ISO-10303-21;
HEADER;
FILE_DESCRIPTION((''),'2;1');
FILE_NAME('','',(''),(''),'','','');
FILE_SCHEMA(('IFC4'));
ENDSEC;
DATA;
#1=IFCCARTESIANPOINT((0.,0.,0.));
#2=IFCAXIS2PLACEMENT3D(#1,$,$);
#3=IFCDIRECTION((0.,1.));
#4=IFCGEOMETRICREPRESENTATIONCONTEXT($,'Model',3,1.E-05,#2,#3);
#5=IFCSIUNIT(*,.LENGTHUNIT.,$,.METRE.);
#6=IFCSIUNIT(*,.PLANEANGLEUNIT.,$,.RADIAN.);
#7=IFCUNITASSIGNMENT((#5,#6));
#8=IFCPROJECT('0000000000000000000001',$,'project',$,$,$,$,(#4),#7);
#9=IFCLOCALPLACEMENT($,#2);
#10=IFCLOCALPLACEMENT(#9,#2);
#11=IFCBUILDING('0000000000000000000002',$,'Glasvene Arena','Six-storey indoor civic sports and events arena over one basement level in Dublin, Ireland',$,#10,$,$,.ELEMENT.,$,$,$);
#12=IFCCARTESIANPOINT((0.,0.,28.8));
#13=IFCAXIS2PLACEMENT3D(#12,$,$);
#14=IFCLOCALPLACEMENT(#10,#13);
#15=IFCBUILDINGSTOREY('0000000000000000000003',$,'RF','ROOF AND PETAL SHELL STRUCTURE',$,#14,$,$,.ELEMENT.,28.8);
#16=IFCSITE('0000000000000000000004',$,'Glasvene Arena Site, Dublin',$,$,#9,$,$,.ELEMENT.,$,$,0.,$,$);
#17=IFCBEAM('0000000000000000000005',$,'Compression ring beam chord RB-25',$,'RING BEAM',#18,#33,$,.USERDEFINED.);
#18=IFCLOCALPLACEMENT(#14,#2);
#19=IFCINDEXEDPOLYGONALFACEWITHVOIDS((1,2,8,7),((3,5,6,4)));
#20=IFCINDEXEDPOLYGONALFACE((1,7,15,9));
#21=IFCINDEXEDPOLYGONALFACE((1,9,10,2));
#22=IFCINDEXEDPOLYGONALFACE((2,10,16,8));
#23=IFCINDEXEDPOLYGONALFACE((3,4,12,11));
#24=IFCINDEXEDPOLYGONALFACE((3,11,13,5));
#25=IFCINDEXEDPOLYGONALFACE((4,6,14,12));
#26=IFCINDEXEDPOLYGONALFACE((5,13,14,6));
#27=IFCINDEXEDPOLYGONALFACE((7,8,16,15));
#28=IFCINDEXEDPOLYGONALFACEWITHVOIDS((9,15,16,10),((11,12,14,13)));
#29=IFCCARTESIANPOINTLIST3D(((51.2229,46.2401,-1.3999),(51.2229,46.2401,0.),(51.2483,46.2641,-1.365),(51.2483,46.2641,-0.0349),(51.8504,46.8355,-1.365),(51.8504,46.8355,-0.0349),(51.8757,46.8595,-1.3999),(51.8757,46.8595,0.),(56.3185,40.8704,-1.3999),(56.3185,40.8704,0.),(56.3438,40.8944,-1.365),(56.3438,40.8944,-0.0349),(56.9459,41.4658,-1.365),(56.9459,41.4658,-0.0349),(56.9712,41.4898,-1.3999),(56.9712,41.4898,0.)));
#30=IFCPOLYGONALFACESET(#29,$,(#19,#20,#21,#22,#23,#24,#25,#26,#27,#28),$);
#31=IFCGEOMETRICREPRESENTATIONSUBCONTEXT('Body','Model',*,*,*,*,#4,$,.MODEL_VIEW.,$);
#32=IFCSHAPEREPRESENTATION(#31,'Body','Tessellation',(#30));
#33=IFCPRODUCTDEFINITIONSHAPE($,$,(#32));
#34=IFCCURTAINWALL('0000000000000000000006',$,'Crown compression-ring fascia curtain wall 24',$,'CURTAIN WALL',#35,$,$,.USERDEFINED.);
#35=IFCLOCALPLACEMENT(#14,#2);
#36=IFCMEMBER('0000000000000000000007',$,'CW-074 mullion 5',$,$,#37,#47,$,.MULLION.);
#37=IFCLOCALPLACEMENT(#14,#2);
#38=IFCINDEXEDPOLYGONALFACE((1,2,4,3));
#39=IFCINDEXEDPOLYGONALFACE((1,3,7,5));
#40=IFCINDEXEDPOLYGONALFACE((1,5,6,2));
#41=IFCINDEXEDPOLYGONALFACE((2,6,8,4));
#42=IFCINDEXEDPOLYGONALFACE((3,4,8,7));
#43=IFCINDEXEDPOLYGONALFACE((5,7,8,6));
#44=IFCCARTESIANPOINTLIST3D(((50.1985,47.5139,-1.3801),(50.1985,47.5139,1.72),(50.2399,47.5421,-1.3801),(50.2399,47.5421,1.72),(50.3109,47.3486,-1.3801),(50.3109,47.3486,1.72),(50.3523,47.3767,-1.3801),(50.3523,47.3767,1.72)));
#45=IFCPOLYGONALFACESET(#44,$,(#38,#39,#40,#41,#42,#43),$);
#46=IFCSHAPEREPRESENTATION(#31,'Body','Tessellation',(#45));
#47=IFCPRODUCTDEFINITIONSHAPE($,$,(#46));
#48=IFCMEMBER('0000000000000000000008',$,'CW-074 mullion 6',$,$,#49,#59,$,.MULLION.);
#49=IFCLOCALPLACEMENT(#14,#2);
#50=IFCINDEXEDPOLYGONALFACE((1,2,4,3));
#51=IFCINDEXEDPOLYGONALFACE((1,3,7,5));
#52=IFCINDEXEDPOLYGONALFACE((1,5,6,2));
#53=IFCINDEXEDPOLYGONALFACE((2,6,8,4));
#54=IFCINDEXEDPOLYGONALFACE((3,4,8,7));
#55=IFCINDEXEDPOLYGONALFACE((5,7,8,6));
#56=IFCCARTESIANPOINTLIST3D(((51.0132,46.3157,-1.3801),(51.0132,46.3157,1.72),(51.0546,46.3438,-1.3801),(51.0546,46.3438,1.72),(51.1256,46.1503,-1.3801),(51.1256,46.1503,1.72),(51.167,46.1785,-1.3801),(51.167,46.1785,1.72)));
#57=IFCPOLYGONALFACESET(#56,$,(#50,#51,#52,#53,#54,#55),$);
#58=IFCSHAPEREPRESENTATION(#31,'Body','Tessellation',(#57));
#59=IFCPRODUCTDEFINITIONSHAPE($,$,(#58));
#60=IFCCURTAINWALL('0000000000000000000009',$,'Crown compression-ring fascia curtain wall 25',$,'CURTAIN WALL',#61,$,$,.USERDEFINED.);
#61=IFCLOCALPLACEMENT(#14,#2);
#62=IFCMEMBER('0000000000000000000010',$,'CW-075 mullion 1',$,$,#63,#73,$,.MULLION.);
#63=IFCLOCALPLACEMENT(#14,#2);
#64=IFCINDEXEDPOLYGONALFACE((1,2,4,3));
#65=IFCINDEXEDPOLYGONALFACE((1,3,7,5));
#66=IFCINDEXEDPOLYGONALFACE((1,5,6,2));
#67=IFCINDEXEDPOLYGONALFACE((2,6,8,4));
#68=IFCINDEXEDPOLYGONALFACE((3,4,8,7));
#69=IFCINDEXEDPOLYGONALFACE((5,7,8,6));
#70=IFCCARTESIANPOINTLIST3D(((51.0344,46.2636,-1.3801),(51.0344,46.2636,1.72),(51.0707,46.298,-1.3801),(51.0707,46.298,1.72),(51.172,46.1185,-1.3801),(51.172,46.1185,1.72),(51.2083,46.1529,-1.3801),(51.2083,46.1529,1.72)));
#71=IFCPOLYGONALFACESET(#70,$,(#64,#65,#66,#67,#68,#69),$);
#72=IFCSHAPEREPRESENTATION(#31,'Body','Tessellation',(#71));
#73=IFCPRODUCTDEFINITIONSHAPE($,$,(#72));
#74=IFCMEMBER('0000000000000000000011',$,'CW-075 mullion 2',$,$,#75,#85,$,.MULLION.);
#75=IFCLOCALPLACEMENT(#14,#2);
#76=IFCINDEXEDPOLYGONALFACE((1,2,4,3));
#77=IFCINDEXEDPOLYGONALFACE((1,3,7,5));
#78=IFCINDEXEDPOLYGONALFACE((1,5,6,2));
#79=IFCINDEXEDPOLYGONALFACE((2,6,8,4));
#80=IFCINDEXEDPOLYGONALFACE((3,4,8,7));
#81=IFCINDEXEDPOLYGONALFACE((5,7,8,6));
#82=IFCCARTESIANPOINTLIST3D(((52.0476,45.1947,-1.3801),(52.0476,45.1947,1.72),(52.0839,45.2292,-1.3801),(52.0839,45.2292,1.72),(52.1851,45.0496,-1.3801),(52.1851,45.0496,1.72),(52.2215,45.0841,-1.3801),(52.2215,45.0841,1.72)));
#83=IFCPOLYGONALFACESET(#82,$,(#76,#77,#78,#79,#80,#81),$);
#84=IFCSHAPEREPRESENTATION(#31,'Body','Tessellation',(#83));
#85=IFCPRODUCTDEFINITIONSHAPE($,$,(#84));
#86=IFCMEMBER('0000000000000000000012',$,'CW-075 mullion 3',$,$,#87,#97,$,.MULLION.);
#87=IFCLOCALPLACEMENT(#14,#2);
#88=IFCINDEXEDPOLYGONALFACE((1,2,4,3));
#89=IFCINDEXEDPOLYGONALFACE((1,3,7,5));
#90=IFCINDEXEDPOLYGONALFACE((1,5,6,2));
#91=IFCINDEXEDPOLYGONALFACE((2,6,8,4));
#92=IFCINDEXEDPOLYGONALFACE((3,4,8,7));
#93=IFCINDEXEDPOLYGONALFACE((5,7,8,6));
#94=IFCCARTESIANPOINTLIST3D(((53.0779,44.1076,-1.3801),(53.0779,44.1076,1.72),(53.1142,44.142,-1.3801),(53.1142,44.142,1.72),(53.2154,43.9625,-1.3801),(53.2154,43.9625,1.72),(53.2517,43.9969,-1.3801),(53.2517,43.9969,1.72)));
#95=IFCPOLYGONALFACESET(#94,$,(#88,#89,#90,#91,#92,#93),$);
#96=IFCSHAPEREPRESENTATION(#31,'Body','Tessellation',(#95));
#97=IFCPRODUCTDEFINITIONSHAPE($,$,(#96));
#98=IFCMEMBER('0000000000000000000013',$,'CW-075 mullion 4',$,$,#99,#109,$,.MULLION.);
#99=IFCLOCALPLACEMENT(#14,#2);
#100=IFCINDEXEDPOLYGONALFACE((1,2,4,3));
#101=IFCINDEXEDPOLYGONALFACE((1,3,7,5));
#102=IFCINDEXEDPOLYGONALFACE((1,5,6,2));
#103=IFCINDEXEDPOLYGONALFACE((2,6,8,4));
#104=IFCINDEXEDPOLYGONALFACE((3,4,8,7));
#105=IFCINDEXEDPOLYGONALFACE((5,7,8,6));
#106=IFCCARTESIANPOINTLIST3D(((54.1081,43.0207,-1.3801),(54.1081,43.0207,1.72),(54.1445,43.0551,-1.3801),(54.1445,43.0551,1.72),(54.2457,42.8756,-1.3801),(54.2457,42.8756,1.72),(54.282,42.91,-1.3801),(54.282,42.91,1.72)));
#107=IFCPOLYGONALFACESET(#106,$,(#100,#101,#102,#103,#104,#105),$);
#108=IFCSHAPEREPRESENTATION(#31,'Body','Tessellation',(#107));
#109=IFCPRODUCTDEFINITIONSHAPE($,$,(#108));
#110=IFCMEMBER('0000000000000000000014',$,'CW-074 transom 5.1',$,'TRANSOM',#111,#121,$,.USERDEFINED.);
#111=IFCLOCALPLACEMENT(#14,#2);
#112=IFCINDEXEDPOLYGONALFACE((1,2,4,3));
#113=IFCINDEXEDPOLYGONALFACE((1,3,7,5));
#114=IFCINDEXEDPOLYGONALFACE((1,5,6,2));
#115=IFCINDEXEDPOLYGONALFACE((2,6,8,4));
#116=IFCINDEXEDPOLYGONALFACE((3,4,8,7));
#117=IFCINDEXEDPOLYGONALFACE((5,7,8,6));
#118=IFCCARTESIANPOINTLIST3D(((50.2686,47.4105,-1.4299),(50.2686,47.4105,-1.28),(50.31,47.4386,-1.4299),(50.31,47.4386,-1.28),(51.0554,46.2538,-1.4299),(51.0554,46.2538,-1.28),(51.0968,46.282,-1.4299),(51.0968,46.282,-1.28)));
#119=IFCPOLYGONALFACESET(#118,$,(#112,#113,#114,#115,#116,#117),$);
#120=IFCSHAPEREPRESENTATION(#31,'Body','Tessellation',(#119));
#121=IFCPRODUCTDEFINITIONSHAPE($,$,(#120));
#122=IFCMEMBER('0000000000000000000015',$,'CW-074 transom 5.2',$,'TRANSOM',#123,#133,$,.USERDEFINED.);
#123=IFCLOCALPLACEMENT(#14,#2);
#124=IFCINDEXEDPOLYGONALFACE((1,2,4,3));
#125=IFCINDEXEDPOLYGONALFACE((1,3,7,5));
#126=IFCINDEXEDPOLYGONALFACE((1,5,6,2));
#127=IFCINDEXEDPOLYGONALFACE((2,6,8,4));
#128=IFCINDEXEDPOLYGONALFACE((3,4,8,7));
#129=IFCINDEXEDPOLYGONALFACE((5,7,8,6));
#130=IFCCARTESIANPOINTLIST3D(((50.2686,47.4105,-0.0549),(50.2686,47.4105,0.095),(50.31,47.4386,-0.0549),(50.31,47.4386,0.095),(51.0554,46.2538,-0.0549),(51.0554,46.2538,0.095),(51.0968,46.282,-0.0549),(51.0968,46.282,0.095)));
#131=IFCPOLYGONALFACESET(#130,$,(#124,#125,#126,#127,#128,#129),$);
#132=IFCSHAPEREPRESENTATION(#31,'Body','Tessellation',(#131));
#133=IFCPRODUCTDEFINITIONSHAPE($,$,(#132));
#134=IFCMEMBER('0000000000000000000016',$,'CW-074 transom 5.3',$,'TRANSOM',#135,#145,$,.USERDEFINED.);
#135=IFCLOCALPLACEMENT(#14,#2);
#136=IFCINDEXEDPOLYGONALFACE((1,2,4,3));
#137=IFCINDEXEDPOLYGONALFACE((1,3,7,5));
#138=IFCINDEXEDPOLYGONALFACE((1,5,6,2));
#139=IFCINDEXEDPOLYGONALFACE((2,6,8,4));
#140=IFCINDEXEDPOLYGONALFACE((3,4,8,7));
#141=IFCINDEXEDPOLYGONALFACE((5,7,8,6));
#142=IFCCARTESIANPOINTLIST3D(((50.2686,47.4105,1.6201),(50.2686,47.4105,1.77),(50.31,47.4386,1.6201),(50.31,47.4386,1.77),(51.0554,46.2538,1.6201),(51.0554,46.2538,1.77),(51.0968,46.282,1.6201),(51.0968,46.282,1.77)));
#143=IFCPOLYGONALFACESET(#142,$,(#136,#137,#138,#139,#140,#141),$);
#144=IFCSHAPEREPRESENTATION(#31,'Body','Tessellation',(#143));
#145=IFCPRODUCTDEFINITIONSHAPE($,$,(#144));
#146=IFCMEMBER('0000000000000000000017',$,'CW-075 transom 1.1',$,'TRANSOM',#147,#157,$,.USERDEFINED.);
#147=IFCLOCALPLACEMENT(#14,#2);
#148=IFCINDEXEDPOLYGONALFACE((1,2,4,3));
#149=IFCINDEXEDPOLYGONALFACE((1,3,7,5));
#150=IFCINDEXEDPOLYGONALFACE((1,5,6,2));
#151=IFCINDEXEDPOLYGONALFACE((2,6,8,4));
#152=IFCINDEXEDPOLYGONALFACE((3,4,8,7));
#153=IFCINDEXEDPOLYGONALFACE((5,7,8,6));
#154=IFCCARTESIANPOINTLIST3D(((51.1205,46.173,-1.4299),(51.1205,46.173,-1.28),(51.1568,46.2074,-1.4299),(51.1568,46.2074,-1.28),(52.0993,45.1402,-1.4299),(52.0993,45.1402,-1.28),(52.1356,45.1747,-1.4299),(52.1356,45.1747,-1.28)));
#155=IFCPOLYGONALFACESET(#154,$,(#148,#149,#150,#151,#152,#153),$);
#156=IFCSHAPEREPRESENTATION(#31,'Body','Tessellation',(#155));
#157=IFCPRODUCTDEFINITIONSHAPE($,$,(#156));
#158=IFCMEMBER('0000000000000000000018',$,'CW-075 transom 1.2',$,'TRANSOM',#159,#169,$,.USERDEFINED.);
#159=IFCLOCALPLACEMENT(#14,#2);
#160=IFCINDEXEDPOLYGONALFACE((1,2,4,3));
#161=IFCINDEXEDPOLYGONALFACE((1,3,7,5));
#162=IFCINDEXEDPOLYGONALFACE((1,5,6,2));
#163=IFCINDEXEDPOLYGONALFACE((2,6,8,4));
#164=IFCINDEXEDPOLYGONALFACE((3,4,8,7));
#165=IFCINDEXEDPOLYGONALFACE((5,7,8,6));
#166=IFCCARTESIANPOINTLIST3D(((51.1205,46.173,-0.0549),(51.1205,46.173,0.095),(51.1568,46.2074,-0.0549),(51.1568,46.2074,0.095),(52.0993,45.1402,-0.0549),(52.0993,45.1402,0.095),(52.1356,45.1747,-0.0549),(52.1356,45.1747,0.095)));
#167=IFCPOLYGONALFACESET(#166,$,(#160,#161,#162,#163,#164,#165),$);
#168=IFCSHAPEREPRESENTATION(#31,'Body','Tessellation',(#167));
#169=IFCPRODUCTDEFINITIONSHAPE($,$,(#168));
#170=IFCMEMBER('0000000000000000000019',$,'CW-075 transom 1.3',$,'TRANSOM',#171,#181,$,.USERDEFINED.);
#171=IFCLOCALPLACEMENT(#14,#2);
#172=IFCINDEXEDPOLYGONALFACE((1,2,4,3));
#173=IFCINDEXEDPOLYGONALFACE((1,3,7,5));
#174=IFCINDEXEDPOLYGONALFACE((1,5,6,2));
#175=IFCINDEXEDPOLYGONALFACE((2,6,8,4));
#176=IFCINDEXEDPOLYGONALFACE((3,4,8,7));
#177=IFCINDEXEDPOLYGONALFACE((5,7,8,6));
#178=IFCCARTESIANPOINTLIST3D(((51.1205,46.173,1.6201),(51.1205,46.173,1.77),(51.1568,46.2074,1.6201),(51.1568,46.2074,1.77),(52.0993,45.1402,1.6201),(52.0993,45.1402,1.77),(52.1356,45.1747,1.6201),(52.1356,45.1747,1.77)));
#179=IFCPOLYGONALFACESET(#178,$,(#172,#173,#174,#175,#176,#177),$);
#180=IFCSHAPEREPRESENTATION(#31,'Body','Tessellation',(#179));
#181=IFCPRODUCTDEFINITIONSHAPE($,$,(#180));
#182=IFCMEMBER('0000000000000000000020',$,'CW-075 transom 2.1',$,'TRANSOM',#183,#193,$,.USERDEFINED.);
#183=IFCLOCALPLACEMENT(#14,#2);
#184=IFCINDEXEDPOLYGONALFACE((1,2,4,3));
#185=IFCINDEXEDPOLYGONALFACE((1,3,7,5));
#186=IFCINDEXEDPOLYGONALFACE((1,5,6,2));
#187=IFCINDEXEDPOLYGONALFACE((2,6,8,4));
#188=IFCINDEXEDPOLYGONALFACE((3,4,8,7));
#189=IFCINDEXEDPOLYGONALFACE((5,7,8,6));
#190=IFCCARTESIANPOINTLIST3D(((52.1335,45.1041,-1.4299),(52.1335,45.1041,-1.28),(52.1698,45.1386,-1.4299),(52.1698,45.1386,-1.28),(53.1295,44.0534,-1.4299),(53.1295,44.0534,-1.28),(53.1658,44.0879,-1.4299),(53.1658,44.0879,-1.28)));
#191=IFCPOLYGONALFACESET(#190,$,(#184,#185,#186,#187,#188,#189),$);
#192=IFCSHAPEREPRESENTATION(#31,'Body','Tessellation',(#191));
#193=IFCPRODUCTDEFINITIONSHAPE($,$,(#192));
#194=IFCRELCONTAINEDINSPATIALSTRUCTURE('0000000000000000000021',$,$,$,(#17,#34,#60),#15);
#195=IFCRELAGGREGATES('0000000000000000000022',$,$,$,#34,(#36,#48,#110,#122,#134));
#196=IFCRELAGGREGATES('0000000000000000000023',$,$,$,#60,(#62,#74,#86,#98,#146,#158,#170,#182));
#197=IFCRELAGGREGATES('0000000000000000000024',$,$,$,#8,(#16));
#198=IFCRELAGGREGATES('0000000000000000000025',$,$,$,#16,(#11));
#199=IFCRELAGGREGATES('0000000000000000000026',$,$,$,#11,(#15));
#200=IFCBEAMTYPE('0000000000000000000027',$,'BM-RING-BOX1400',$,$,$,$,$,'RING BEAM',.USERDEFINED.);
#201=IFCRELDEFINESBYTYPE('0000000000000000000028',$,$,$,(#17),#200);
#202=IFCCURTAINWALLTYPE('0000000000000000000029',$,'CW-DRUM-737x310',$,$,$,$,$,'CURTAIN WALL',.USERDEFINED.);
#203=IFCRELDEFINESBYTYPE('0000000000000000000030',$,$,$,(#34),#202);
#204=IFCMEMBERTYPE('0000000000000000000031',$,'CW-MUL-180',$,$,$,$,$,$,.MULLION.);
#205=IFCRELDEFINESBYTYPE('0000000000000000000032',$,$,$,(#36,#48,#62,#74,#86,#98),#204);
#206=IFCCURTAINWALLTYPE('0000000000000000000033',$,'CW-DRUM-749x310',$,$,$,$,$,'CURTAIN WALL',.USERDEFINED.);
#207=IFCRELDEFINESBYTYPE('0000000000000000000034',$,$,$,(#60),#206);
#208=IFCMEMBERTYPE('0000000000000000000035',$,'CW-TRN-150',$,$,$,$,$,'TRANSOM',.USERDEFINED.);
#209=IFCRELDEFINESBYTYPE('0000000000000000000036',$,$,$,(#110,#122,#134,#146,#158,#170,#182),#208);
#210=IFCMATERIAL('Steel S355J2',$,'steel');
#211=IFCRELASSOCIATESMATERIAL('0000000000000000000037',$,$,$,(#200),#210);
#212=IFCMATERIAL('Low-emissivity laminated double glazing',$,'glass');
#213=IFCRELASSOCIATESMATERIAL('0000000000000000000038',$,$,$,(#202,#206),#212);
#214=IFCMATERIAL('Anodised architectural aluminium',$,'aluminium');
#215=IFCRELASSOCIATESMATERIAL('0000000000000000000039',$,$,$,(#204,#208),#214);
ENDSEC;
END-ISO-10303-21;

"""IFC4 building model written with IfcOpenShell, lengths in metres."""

from ifc_helpers import new_model, si_unit, direction, frame, origin, origin_2d, place, context, subcontext, project, spatial, rectangle, hollow_rectangle, extrude, material, material_profile, profile_set, type_object, element, aggregate, save


model = new_model("IFC4")

# Units and contexts
model_context = context("Model", 3, precision=1e-05, world=origin(), true_north=direction((0.0, 1.0)))
body_context = subcontext(model_context, "Body", "Model", "MODEL_VIEW")
ifc_project = project(units=[si_unit("LENGTHUNIT", "METRE"), si_unit("PLANEANGLEUNIT", "RADIAN")], contexts=[model_context])

# Site, building, storey
site_placement = place(None, origin())
site = spatial("IfcSite", under=ifc_project, at=site_placement, Name="Glasvene Arena Site, Dublin", CompositionType="ELEMENT", RefElevation=0.0)
building_placement = place(site_placement, origin())
building = spatial("IfcBuilding", under=site, at=building_placement, Name="Glasvene Arena", Description="Six-storey indoor civic sports and events arena over one basement level in Dublin, Ireland", CompositionType="ELEMENT")
storey_placement = place(building_placement, frame((0.0, 0.0, 28.8)))
storey = spatial("IfcBuildingStorey", under=building, at=storey_placement, Name="RF", Description="ROOF AND PETAL SHELL STRUCTURE", CompositionType="ELEMENT", Elevation=28.8)

# Beam
ifc_material_1 = material(Name="Steel S355J2", Category="steel")
ifc_material_profile_1 = material_profile(ifc_material_1, hollow_rectangle(XDim=0.8999, YDim=1.3999, WallThickness=0.0349, at=origin_2d()), Name="WBOX 900x1400x35")
ifc_profile_set_1 = profile_set([ifc_material_profile_1], Name="Steel S355J2")
beam_type = type_object("IfcBeamType", Name="BM-RING-BOX1400", ElementType="RING BEAM", PredefinedType="USERDEFINED", material=ifc_profile_set_1)
beam_placement = place(storey_placement, frame((51.5493, 46.5498, -0.7), z_axis=(0.688345, -0.725383, 0.0), x_axis=(0.725383, 0.688345, 0.0)))
element("IfcBeam", 1, at=beam_placement, inside=storey, type_object=beam_type, Name="Compression ring beam chord RB-25", ObjectType="RING BEAM", PredefinedType="USERDEFINED", context=body_context, shape_type="SweptSolid", body=[
    extrude(hollow_rectangle(XDim=0.8999, YDim=1.3999, WallThickness=0.0349, at=origin_2d()), origin(), (0.0, 0.0, 1.0), 7.4026),
])

# Curtain walls, members
ifc_material_2 = material(Name="Low-emissivity laminated double glazing", Category="glass")
curtain_wall_type_1 = type_object("IfcCurtainWallType", Name="CW-DRUM-737x310", ElementType="CURTAIN WALL", PredefinedType="USERDEFINED", material=ifc_material_2)
curtain_wall_1_placement = place(storey_placement, frame((46.9597, 52.3208, 0.0)))
curtain_wall_1 = element("IfcCurtainWall", 2, at=curtain_wall_1_placement, inside=storey, type_object=curtain_wall_type_1, Name="Crown compression-ring fascia curtain wall 24", ObjectType="CURTAIN WALL", PredefinedType="USERDEFINED")
ifc_material_3 = material(Name="Anodised architectural aluminium", Category="aluminium")
ifc_material_profile_2 = material_profile(ifc_material_3, rectangle(XDim=0.05, YDim=0.2, at=origin_2d()), Name="ALU MULLION 50x200")
ifc_profile_set_2 = profile_set([ifc_material_profile_2], Name="Anodised architectural aluminium")
member_type_1 = type_object("IfcMemberType", Name="CW-MUL-180", PredefinedType="MULLION", material=ifc_profile_set_2)
member_1_placement = place(storey_placement, frame((50.2754, 47.4453, -1.3801), z_axis=(0.0, 0.0, 1.0), x_axis=(0.826896, 0.562354, 0.0)))
member_1 = element("IfcMember", 3, at=member_1_placement, type_object=member_type_1, Name="CW-074 mullion 5", PredefinedType="MULLION", context=body_context, shape_type="SweptSolid", body=[
    extrude(rectangle(XDim=0.05, YDim=0.2, at=origin_2d()), origin(), (0.0, 0.0, 1.0), 3.1001),
])
member_2_placement = place(storey_placement, frame((51.0901, 46.2471, -1.3801), z_axis=(0.0, 0.0, 1.0), x_axis=(0.826896, 0.562354, 0.0)))
member_2 = element("IfcMember", 4, at=member_2_placement, type_object=member_type_1, Name="CW-074 mullion 6", PredefinedType="MULLION", context=body_context, shape_type="SweptSolid", body=[
    extrude(rectangle(XDim=0.05, YDim=0.2, at=origin_2d()), origin(), (0.0, 0.0, 1.0), 3.1001),
])
curtain_wall_type_2 = type_object("IfcCurtainWallType", Name="CW-DRUM-749x310", ElementType="CURTAIN WALL", PredefinedType="USERDEFINED", material=ifc_material_2)
curtain_wall_2_placement = place(storey_placement, frame((51.1042, 46.2263, 0.0)))
curtain_wall_2 = element("IfcCurtainWall", 5, at=curtain_wall_2_placement, inside=storey, type_object=curtain_wall_type_2, Name="Crown compression-ring fascia curtain wall 25", ObjectType="CURTAIN WALL", PredefinedType="USERDEFINED")
member_3_placement = place(storey_placement, frame((51.1213, 46.2083, -1.3801), z_axis=(0.0, 0.0, 1.0), x_axis=(0.725782, 0.687925, 0.0)))
member_3 = element("IfcMember", 6, at=member_3_placement, type_object=member_type_1, Name="CW-075 mullion 1", PredefinedType="MULLION", context=body_context, shape_type="SweptSolid", body=[
    extrude(rectangle(XDim=0.05, YDim=0.2, at=origin_2d()), origin(), (0.0, 0.0, 1.0), 3.1001),
])
member_4_placement = place(storey_placement, frame((52.1345, 45.1394, -1.3801), z_axis=(0.0, 0.0, 1.0), x_axis=(0.725782, 0.687925, 0.0)))
member_4 = element("IfcMember", 7, at=member_4_placement, type_object=member_type_1, Name="CW-075 mullion 2", PredefinedType="MULLION", context=body_context, shape_type="SweptSolid", body=[
    extrude(rectangle(XDim=0.05, YDim=0.2, at=origin_2d()), origin(), (0.0, 0.0, 1.0), 3.1001),
])
member_5_placement = place(storey_placement, frame((53.1648, 44.0522, -1.3801), z_axis=(0.0, 0.0, 1.0), x_axis=(0.725782, 0.687925, 0.0)))
member_5 = element("IfcMember", 8, at=member_5_placement, type_object=member_type_1, Name="CW-075 mullion 3", PredefinedType="MULLION", context=body_context, shape_type="SweptSolid", body=[
    extrude(rectangle(XDim=0.05, YDim=0.2, at=origin_2d()), origin(), (0.0, 0.0, 1.0), 3.1001),
])
member_6_placement = place(storey_placement, frame((54.1951, 42.9653, -1.3801), z_axis=(0.0, 0.0, 1.0), x_axis=(0.725782, 0.687925, 0.0)))
member_6 = element("IfcMember", 9, at=member_6_placement, type_object=member_type_1, Name="CW-075 mullion 4", PredefinedType="MULLION", context=body_context, shape_type="SweptSolid", body=[
    extrude(rectangle(XDim=0.05, YDim=0.2, at=origin_2d()), origin(), (0.0, 0.0, 1.0), 3.1001),
])

# Members
ifc_material_profile_3 = material_profile(ifc_material_3, rectangle(XDim=0.05, YDim=0.1499, at=origin_2d()), Name="ALU TRANSOM 50x150")
ifc_profile_set_3 = profile_set([ifc_material_profile_3], Name="Anodised architectural aluminium")
member_type_2 = type_object("IfcMemberType", Name="CW-TRN-150", ElementType="TRANSOM", PredefinedType="USERDEFINED", material=ifc_profile_set_3)
member_7_placement = place(storey_placement, frame((50.2893, 47.4246, -1.355), z_axis=(0.562448, -0.826832, 0.0), x_axis=(0.826832, 0.562448, 0.0)))
member_7 = element("IfcMember", 10, at=member_7_placement, type_object=member_type_2, Name="CW-074 transom 5.1", ObjectType="TRANSOM", PredefinedType="USERDEFINED", context=body_context, shape_type="SweptSolid", body=[
    extrude(rectangle(XDim=0.05, YDim=0.1499, at=origin_2d()), origin(), (0.0, 0.0, 1.0), 1.3989),
])
member_8_placement = place(storey_placement, frame((50.2893, 47.4246, 0.02), z_axis=(0.562448, -0.826832, 0.0), x_axis=(0.826832, 0.562448, 0.0)))
member_8 = element("IfcMember", 11, at=member_8_placement, type_object=member_type_2, Name="CW-074 transom 5.2", ObjectType="TRANSOM", PredefinedType="USERDEFINED", context=body_context, shape_type="SweptSolid", body=[
    extrude(rectangle(XDim=0.05, YDim=0.1499, at=origin_2d()), origin(), (0.0, 0.0, 1.0), 1.3989),
])
member_9_placement = place(storey_placement, frame((50.2893, 47.4246, 1.6951), z_axis=(0.562448, -0.826832, 0.0), x_axis=(0.826832, 0.562448, 0.0)))
member_9 = element("IfcMember", 12, at=member_9_placement, type_object=member_type_2, Name="CW-074 transom 5.3", ObjectType="TRANSOM", PredefinedType="USERDEFINED", context=body_context, shape_type="SweptSolid", body=[
    extrude(rectangle(XDim=0.05, YDim=0.1499, at=origin_2d()), origin(), (0.0, 0.0, 1.0), 1.3989),
])
member_10_placement = place(storey_placement, frame((51.1387, 46.1902, -1.355), z_axis=(0.687892, -0.725813, 0.0), x_axis=(0.725813, 0.687892, 0.0)))
member_10 = element("IfcMember", 13, at=member_10_placement, type_object=member_type_2, Name="CW-075 transom 1.1", ObjectType="TRANSOM", PredefinedType="USERDEFINED", context=body_context, shape_type="SweptSolid", body=[
    extrude(rectangle(XDim=0.05, YDim=0.1499, at=origin_2d()), origin(), (0.0, 0.0, 1.0), 1.4229),
])
member_11_placement = place(storey_placement, frame((51.1387, 46.1902, 0.02), z_axis=(0.687892, -0.725813, 0.0), x_axis=(0.725813, 0.687892, 0.0)))
member_11 = element("IfcMember", 14, at=member_11_placement, type_object=member_type_2, Name="CW-075 transom 1.2", ObjectType="TRANSOM", PredefinedType="USERDEFINED", context=body_context, shape_type="SweptSolid", body=[
    extrude(rectangle(XDim=0.05, YDim=0.1499, at=origin_2d()), origin(), (0.0, 0.0, 1.0), 1.4229),
])
member_12_placement = place(storey_placement, frame((51.1387, 46.1902, 1.6951), z_axis=(0.687892, -0.725813, 0.0), x_axis=(0.725813, 0.687892, 0.0)))
member_12 = element("IfcMember", 15, at=member_12_placement, type_object=member_type_2, Name="CW-075 transom 1.3", ObjectType="TRANSOM", PredefinedType="USERDEFINED", context=body_context, shape_type="SweptSolid", body=[
    extrude(rectangle(XDim=0.05, YDim=0.1499, at=origin_2d()), origin(), (0.0, 0.0, 1.0), 1.4229),
])
member_13_placement = place(storey_placement, frame((52.1516, 45.1213, -1.355), z_axis=(0.687969, -0.72574, 0.0), x_axis=(0.72574, 0.687969, 0.0)))
member_13 = element("IfcMember", 16, at=member_13_placement, type_object=member_type_2, Name="CW-075 transom 2.1", ObjectType="TRANSOM", PredefinedType="USERDEFINED", context=body_context, shape_type="SweptSolid", body=[
    extrude(rectangle(XDim=0.05, YDim=0.1499, at=origin_2d()), origin(), (0.0, 0.0, 1.0), 1.4478),
])

aggregate(curtain_wall_1, [member_1, member_2, member_7, member_8, member_9])
aggregate(curtain_wall_2, [member_3, member_4, member_5, member_6, member_10, member_11, member_12, member_13])

save(model, "model.ifc")
